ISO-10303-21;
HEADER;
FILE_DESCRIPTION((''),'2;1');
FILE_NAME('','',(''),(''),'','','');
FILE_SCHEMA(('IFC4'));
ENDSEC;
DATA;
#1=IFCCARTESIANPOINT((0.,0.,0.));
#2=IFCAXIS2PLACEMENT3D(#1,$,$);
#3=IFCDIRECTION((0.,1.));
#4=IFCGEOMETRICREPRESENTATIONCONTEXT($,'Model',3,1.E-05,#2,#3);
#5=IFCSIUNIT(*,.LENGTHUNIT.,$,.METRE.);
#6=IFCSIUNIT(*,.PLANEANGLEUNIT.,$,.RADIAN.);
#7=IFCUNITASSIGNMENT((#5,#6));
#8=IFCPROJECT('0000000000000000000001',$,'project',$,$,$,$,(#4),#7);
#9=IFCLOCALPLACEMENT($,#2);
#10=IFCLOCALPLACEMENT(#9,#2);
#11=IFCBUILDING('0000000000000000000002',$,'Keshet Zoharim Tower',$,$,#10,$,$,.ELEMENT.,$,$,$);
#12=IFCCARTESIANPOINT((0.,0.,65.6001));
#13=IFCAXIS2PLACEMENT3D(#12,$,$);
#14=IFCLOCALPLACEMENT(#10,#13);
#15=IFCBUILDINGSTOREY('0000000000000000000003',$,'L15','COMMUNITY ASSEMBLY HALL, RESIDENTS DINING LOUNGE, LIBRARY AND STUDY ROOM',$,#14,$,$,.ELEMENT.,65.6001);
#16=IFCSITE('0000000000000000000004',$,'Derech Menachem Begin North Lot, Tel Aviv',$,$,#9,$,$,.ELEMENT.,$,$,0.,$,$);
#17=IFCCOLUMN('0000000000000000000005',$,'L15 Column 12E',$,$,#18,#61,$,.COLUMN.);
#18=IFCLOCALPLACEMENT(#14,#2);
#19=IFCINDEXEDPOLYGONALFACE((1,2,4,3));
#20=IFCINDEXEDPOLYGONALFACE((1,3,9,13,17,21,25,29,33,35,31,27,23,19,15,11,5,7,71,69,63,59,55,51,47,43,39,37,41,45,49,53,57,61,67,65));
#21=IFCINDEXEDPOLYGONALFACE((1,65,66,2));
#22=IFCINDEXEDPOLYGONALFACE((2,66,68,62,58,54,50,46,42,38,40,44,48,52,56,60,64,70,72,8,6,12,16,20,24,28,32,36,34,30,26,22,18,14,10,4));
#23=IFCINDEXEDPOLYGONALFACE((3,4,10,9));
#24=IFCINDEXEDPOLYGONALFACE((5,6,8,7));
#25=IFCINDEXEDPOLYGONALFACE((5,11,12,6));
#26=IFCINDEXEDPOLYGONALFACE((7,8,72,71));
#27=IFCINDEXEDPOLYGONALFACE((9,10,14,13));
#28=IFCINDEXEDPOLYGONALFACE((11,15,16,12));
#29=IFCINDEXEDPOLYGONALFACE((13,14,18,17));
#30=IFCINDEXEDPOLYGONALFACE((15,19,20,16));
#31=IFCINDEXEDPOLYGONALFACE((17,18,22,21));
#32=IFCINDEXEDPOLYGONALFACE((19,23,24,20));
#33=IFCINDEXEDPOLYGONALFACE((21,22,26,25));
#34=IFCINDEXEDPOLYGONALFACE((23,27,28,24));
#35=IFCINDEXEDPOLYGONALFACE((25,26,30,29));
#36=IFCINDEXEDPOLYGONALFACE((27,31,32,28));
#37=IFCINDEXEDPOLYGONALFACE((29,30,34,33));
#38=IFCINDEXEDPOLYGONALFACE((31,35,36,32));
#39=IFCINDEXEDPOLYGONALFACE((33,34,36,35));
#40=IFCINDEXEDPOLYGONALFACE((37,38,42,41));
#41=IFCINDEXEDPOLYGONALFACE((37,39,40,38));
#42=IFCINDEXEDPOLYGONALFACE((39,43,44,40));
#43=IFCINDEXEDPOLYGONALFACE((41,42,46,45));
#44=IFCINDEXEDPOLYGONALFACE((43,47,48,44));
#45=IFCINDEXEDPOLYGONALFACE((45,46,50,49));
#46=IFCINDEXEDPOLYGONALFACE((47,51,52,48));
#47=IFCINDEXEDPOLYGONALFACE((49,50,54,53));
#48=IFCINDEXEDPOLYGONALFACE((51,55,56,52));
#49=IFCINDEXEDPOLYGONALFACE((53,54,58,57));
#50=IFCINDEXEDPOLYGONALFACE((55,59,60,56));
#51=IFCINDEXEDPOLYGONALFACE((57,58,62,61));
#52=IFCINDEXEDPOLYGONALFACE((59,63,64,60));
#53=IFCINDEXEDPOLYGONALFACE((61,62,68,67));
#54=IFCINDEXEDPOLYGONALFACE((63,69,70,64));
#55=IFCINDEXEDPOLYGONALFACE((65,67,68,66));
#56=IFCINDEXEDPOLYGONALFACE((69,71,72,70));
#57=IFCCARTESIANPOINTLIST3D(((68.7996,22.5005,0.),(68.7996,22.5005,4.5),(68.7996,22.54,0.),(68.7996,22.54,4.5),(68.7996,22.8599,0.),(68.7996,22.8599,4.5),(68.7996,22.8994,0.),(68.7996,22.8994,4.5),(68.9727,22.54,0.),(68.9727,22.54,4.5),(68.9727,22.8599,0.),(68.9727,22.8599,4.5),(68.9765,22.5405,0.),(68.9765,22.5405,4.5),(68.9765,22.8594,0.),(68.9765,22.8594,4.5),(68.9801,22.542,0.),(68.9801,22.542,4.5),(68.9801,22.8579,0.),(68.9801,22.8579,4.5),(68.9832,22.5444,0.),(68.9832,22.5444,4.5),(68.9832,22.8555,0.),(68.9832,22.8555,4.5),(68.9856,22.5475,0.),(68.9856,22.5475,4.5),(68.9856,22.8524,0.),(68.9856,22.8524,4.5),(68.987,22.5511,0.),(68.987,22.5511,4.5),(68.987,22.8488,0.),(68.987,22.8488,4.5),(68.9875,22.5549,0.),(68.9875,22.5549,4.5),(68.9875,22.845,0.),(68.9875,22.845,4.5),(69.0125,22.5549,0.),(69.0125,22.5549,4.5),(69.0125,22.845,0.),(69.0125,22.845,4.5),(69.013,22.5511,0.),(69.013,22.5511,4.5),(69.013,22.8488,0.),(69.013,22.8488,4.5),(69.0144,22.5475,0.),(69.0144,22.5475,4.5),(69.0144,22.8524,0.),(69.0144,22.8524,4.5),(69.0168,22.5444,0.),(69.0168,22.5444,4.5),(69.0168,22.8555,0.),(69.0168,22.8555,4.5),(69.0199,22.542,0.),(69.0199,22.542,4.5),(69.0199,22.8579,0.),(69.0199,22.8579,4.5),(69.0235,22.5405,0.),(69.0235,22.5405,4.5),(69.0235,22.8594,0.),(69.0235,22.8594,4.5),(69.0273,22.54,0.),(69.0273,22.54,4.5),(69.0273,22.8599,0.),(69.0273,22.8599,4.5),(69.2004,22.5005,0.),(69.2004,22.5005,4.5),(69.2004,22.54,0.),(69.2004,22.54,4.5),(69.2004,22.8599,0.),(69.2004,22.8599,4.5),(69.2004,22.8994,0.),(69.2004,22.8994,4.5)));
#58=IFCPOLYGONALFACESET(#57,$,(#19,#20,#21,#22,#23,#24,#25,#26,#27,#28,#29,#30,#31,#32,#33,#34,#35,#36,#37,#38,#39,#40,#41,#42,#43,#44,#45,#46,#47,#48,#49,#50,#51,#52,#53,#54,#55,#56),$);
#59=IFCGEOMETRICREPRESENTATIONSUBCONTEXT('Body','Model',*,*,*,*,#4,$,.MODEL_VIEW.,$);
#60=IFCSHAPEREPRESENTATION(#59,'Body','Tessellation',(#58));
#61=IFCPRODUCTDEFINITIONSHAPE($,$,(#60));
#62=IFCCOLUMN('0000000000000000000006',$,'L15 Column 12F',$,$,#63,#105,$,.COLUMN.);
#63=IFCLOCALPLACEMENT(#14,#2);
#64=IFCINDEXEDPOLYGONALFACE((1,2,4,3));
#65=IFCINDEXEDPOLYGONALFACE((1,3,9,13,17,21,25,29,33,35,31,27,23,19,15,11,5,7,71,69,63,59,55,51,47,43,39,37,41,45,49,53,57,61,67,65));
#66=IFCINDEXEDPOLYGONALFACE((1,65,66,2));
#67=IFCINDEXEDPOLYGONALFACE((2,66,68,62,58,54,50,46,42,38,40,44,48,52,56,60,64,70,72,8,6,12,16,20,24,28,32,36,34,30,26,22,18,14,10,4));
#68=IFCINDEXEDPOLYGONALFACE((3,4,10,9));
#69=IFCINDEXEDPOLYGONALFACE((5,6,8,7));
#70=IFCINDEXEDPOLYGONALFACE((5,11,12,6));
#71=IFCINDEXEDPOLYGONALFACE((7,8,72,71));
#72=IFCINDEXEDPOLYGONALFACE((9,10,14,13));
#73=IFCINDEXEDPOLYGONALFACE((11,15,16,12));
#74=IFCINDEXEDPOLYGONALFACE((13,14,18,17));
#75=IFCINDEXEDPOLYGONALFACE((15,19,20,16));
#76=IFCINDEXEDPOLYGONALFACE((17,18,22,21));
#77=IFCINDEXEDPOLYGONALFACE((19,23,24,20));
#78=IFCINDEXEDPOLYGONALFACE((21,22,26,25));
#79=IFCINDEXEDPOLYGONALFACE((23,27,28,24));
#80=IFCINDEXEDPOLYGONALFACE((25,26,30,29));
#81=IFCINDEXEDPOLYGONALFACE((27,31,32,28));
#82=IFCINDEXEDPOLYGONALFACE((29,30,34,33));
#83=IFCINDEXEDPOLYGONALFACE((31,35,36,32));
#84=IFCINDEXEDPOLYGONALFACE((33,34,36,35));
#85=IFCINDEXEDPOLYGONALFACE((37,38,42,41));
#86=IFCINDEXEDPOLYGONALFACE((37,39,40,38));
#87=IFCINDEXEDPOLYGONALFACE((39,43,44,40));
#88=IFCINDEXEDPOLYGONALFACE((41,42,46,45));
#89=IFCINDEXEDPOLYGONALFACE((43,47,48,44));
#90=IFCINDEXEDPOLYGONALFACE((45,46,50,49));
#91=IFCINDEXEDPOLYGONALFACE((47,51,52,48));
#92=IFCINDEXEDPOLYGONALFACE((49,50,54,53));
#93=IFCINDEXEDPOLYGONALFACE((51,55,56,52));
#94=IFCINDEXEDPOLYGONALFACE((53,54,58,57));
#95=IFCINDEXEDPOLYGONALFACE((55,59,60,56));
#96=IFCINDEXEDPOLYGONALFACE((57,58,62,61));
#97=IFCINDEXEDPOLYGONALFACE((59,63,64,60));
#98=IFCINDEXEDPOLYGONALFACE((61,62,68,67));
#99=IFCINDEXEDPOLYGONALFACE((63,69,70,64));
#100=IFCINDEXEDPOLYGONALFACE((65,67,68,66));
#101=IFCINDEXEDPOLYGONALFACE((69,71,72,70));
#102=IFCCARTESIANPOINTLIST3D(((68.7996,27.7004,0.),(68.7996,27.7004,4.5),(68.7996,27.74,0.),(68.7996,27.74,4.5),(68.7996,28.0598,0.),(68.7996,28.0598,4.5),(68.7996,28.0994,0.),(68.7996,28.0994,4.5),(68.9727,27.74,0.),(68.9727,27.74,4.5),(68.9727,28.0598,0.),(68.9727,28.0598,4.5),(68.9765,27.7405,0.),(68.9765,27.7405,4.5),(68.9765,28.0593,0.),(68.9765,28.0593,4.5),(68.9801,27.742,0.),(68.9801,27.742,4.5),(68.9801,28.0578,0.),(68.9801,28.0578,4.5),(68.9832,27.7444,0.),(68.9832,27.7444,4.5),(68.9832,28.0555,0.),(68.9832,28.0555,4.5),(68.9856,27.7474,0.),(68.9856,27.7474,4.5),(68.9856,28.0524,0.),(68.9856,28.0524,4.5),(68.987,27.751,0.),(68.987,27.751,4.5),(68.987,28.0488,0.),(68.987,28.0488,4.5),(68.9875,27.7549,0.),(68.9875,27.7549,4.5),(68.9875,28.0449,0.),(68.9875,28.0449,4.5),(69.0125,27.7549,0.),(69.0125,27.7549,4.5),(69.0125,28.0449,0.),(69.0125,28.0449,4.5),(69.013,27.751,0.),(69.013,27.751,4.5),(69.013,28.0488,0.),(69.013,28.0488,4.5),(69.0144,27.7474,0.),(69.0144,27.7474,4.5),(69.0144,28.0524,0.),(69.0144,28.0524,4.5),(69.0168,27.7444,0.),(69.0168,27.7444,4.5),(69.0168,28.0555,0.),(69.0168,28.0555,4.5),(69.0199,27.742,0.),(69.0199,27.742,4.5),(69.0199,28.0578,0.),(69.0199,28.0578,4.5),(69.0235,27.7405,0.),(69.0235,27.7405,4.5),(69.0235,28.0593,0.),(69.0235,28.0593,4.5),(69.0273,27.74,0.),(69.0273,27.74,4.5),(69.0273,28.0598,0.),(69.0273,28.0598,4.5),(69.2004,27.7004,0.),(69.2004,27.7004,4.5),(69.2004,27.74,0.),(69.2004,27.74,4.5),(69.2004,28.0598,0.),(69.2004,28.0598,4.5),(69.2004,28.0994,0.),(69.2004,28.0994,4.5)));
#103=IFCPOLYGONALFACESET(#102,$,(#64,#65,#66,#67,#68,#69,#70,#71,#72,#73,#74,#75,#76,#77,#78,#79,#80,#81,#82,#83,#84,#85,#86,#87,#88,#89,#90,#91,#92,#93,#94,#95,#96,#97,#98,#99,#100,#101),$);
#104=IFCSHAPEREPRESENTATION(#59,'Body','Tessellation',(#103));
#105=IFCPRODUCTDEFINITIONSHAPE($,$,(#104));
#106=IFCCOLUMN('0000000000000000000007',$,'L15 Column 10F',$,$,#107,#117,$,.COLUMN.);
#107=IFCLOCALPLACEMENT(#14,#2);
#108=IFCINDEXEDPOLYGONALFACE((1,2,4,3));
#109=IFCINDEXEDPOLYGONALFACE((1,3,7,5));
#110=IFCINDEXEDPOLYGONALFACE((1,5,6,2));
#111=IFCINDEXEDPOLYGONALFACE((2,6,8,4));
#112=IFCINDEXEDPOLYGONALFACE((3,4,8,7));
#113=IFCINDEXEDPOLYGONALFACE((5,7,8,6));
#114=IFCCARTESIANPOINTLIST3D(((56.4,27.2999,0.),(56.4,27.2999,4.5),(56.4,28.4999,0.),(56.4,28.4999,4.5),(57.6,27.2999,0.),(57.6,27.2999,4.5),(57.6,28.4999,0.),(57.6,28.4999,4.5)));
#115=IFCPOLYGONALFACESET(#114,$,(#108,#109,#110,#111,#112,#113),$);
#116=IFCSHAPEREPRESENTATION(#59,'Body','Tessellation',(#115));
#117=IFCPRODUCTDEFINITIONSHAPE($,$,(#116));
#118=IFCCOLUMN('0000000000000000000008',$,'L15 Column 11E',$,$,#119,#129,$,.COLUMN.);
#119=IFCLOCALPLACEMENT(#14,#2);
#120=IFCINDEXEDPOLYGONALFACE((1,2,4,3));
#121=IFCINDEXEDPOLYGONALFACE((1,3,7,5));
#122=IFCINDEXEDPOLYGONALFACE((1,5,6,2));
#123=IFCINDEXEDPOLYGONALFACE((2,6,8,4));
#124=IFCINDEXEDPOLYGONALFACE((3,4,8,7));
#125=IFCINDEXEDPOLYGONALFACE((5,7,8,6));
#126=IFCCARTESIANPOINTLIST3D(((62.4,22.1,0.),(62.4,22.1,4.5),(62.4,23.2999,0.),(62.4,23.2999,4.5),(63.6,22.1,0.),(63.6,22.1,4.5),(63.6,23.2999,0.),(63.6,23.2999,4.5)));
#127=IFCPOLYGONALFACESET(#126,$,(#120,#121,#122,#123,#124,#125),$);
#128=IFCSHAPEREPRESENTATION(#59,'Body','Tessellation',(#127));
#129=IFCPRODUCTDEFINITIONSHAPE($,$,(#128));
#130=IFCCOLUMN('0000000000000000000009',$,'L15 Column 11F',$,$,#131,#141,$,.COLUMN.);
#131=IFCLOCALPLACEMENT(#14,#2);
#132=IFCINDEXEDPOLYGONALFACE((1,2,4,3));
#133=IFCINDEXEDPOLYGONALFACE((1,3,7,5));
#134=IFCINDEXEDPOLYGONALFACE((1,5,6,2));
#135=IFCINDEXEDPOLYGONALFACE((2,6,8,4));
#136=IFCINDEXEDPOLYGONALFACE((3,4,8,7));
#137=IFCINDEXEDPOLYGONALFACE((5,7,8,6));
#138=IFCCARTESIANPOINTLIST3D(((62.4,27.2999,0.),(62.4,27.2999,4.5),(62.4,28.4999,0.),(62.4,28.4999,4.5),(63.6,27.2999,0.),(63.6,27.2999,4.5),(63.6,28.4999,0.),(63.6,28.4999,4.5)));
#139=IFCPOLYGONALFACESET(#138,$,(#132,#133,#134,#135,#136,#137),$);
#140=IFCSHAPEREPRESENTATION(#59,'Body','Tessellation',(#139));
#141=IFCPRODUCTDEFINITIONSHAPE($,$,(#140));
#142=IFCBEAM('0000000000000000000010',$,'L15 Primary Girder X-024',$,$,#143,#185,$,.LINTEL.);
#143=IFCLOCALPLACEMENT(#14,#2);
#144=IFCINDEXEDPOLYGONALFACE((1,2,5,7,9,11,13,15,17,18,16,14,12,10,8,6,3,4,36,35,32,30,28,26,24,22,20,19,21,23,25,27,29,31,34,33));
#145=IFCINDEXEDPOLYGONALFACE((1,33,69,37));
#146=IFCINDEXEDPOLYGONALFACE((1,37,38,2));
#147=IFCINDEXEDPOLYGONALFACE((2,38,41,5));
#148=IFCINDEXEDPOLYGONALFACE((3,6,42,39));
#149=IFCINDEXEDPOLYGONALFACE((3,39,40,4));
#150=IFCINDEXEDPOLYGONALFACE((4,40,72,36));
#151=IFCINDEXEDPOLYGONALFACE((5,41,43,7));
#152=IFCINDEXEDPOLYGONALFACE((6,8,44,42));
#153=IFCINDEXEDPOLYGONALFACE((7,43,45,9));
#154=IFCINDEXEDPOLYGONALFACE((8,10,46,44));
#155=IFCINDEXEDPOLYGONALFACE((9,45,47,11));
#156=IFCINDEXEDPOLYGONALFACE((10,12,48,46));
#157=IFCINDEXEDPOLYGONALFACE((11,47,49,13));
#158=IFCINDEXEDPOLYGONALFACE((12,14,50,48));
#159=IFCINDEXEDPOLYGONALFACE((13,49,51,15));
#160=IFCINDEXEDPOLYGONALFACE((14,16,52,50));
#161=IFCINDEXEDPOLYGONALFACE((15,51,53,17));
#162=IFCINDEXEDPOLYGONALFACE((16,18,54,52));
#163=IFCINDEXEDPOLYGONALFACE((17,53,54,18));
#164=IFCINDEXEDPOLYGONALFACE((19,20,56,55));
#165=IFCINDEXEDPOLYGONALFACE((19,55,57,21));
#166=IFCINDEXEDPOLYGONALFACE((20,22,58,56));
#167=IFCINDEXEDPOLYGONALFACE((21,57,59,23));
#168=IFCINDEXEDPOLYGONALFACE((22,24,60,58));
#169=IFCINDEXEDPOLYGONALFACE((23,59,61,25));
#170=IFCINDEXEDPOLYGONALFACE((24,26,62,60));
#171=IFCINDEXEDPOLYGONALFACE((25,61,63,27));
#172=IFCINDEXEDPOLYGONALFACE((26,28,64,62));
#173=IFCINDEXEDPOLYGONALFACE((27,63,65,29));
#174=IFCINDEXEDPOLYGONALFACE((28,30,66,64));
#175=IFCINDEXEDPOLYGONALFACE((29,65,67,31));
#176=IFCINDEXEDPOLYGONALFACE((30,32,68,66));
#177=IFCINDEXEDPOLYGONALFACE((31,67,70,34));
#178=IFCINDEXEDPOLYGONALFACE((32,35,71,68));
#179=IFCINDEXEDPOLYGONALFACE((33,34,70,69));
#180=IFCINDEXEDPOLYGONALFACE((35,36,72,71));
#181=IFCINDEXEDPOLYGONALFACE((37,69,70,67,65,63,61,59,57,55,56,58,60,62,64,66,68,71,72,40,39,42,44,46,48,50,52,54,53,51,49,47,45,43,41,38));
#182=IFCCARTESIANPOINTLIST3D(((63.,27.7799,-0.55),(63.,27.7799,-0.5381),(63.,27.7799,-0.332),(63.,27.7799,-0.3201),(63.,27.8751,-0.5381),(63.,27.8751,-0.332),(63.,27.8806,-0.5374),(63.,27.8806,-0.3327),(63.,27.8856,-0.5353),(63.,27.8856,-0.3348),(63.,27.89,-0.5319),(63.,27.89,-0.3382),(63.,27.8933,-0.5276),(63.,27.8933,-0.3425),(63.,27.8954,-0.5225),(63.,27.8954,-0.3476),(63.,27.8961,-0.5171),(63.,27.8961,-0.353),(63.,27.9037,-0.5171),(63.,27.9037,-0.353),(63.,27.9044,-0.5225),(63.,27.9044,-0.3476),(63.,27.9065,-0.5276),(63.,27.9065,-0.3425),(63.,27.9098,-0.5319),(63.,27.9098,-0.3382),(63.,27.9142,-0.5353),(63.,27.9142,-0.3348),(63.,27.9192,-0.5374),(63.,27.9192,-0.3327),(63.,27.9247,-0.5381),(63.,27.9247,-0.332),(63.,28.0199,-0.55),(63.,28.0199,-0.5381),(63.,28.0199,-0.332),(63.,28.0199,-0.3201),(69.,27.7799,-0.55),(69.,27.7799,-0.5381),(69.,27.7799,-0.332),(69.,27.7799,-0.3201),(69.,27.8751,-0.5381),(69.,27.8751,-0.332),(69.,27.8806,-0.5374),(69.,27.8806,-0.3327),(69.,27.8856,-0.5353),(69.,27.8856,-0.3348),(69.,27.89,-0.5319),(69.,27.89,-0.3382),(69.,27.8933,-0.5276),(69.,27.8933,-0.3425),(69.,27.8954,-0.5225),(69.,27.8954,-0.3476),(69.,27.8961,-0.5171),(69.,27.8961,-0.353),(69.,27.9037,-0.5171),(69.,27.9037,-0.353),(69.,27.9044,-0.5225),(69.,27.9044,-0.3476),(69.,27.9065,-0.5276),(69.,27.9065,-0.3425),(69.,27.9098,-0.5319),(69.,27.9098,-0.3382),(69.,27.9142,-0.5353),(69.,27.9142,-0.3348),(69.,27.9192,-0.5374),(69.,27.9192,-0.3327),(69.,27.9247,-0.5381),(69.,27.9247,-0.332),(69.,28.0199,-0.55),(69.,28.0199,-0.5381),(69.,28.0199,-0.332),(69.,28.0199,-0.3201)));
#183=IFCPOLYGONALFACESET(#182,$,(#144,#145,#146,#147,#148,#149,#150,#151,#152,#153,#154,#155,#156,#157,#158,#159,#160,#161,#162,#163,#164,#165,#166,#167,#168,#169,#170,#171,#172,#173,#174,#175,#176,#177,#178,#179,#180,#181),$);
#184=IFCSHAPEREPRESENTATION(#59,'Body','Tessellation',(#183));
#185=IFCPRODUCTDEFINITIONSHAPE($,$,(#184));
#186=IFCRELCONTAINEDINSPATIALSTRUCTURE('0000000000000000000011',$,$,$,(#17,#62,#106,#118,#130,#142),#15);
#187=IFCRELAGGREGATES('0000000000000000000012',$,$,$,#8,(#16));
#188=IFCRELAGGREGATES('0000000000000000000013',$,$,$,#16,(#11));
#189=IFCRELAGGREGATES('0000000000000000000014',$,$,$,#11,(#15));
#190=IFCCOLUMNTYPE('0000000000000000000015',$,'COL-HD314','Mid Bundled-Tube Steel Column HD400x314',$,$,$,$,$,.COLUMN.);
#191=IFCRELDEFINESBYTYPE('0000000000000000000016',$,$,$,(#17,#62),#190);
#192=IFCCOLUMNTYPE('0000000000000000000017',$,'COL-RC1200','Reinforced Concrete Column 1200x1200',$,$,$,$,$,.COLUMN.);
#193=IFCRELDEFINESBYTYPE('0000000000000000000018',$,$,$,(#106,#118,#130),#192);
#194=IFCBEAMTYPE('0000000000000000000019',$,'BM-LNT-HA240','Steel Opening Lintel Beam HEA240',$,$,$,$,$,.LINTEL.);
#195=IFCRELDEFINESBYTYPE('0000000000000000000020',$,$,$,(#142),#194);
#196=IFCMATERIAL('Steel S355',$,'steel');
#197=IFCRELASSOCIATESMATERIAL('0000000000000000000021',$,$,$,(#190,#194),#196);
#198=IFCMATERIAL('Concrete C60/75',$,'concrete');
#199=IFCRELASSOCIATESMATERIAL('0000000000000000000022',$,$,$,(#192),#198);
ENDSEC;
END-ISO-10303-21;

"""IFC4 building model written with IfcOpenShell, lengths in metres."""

from ifc_helpers import new_model, si_unit, direction, frame, origin, origin_2d, place, context, subcontext, project, spatial, rectangle, i_section, extrude, material, material_profile, profile_set, type_object, element, save


model = new_model("IFC4")

# Units and contexts
model_context = context("Model", 3, precision=1e-05, world=origin(), true_north=direction((0.0, 1.0)))
body_context = subcontext(model_context, "Body", "Model", "MODEL_VIEW")
ifc_project = project(units=[si_unit("LENGTHUNIT", "METRE"), si_unit("PLANEANGLEUNIT", "RADIAN")], contexts=[model_context])

# Site, building, storey
site_placement = place(None, origin())
site = spatial("IfcSite", under=ifc_project, at=site_placement, Name="Derech Menachem Begin North Lot, Tel Aviv", CompositionType="ELEMENT", RefElevation=0.0)
building_placement = place(site_placement, origin())
building = spatial("IfcBuilding", under=site, at=building_placement, Name="Keshet Zoharim Tower", CompositionType="ELEMENT")
storey_placement = place(building_placement, frame((0.0, 0.0, 65.6001)))
storey = spatial("IfcBuildingStorey", under=building, at=storey_placement, Name="L15", Description="COMMUNITY ASSEMBLY HALL, RESIDENTS DINING LOUNGE, LIBRARY AND STUDY ROOM", CompositionType="ELEMENT", Elevation=65.6001)

# Columns
ifc_material_1 = material(Name="Steel S355", Category="steel")
ifc_material_profile_1 = material_profile(ifc_material_1, i_section(OverallWidth=0.4009, OverallDepth=0.3989, WebThickness=0.0249, FlangeThickness=0.0396, FilletRadius=0.0149, at=origin_2d()), Name="HD400x314")
ifc_profile_set_1 = profile_set([ifc_material_profile_1], Name="Steel S355")
column_type_1 = type_object("IfcColumnType", Name="COL-HD314", Description="Mid Bundled-Tube Steel Column HD400x314", PredefinedType="COLUMN", material=ifc_profile_set_1)
for number, where, z_axis, x_axis, name in (
    (1, (69.0, 22.7, 0.0), (0.0, 0.0, 1.0), (1.0, 0.0, 0.0), "L15 Column 12E"),
    (2, (69.0, 27.8999, 0.0), (0.0, 0.0, 1.0), (1.0, 0.0, 0.0), "L15 Column 12F"),
):
    element("IfcColumn", number, at=place(storey_placement, frame(where, z_axis=z_axis, x_axis=x_axis)), inside=storey, type_object=column_type_1, Name=name, PredefinedType="COLUMN", context=body_context, shape_type="SweptSolid", body=[
        extrude(i_section(OverallWidth=0.4009, OverallDepth=0.3989, WebThickness=0.0249, FlangeThickness=0.0396, FilletRadius=0.0149, at=origin_2d()), origin(), (0.0, 0.0, 1.0), 4.5),
    ])
ifc_material_2 = material(Name="Concrete C60/75", Category="concrete")
ifc_material_profile_2 = material_profile(ifc_material_2, rectangle(XDim=1.2, YDim=1.2, at=origin_2d()), Name="RC1200x1200")
ifc_profile_set_2 = profile_set([ifc_material_profile_2], Name="Concrete C60/75")
column_type_2 = type_object("IfcColumnType", Name="COL-RC1200", Description="Reinforced Concrete Column 1200x1200", PredefinedType="COLUMN", material=ifc_profile_set_2)
for number, where, z_axis, x_axis, name in (
    (3, (57.0, 27.8999, 0.0), (0.0, 0.0, 1.0), (1.0, 0.0, 0.0), "L15 Column 10F"),
    (4, (63.0, 22.7, 0.0), (0.0, 0.0, 1.0), (1.0, 0.0, 0.0), "L15 Column 11E"),
    (5, (63.0, 27.8999, 0.0), (0.0, 0.0, 1.0), (1.0, 0.0, 0.0), "L15 Column 11F"),
):
    element("IfcColumn", number, at=place(storey_placement, frame(where, z_axis=z_axis, x_axis=x_axis)), inside=storey, type_object=column_type_2, Name=name, PredefinedType="COLUMN", context=body_context, shape_type="SweptSolid", body=[
        extrude(rectangle(XDim=1.2, YDim=1.2, at=origin_2d()), origin(), (0.0, 0.0, 1.0), 4.5),
    ])

# Beam
ifc_material_profile_3 = material_profile(ifc_material_1, i_section(OverallWidth=0.24, OverallDepth=0.23, WebThickness=0.0076, FlangeThickness=0.012, FilletRadius=0.021, at=origin_2d()), Name="HEA240")
ifc_profile_set_3 = profile_set([ifc_material_profile_3], Name="Steel S355")
beam_type_1 = type_object("IfcBeamType", Name="BM-LNT-HA240", Description="Steel Opening Lintel Beam HEA240", PredefinedType="LINTEL", material=ifc_profile_set_3)
beam_1_placement = place(storey_placement, frame((63.0, 27.8999, -0.4351), z_axis=(1.0, 0.0, 0.0), x_axis=(0.0, 1.0, 0.0)))
element("IfcBeam", 6, at=beam_1_placement, inside=storey, type_object=beam_type_1, Name="L15 Primary Girder X-024", PredefinedType="LINTEL", context=body_context, shape_type="SweptSolid", body=[
    extrude(i_section(OverallWidth=0.24, OverallDepth=0.23, WebThickness=0.0076, FlangeThickness=0.012, FilletRadius=0.021, at=origin_2d()), origin(), (0.0, 0.0, 1.0), 6.0),
])

save(model, "model.ifc")
